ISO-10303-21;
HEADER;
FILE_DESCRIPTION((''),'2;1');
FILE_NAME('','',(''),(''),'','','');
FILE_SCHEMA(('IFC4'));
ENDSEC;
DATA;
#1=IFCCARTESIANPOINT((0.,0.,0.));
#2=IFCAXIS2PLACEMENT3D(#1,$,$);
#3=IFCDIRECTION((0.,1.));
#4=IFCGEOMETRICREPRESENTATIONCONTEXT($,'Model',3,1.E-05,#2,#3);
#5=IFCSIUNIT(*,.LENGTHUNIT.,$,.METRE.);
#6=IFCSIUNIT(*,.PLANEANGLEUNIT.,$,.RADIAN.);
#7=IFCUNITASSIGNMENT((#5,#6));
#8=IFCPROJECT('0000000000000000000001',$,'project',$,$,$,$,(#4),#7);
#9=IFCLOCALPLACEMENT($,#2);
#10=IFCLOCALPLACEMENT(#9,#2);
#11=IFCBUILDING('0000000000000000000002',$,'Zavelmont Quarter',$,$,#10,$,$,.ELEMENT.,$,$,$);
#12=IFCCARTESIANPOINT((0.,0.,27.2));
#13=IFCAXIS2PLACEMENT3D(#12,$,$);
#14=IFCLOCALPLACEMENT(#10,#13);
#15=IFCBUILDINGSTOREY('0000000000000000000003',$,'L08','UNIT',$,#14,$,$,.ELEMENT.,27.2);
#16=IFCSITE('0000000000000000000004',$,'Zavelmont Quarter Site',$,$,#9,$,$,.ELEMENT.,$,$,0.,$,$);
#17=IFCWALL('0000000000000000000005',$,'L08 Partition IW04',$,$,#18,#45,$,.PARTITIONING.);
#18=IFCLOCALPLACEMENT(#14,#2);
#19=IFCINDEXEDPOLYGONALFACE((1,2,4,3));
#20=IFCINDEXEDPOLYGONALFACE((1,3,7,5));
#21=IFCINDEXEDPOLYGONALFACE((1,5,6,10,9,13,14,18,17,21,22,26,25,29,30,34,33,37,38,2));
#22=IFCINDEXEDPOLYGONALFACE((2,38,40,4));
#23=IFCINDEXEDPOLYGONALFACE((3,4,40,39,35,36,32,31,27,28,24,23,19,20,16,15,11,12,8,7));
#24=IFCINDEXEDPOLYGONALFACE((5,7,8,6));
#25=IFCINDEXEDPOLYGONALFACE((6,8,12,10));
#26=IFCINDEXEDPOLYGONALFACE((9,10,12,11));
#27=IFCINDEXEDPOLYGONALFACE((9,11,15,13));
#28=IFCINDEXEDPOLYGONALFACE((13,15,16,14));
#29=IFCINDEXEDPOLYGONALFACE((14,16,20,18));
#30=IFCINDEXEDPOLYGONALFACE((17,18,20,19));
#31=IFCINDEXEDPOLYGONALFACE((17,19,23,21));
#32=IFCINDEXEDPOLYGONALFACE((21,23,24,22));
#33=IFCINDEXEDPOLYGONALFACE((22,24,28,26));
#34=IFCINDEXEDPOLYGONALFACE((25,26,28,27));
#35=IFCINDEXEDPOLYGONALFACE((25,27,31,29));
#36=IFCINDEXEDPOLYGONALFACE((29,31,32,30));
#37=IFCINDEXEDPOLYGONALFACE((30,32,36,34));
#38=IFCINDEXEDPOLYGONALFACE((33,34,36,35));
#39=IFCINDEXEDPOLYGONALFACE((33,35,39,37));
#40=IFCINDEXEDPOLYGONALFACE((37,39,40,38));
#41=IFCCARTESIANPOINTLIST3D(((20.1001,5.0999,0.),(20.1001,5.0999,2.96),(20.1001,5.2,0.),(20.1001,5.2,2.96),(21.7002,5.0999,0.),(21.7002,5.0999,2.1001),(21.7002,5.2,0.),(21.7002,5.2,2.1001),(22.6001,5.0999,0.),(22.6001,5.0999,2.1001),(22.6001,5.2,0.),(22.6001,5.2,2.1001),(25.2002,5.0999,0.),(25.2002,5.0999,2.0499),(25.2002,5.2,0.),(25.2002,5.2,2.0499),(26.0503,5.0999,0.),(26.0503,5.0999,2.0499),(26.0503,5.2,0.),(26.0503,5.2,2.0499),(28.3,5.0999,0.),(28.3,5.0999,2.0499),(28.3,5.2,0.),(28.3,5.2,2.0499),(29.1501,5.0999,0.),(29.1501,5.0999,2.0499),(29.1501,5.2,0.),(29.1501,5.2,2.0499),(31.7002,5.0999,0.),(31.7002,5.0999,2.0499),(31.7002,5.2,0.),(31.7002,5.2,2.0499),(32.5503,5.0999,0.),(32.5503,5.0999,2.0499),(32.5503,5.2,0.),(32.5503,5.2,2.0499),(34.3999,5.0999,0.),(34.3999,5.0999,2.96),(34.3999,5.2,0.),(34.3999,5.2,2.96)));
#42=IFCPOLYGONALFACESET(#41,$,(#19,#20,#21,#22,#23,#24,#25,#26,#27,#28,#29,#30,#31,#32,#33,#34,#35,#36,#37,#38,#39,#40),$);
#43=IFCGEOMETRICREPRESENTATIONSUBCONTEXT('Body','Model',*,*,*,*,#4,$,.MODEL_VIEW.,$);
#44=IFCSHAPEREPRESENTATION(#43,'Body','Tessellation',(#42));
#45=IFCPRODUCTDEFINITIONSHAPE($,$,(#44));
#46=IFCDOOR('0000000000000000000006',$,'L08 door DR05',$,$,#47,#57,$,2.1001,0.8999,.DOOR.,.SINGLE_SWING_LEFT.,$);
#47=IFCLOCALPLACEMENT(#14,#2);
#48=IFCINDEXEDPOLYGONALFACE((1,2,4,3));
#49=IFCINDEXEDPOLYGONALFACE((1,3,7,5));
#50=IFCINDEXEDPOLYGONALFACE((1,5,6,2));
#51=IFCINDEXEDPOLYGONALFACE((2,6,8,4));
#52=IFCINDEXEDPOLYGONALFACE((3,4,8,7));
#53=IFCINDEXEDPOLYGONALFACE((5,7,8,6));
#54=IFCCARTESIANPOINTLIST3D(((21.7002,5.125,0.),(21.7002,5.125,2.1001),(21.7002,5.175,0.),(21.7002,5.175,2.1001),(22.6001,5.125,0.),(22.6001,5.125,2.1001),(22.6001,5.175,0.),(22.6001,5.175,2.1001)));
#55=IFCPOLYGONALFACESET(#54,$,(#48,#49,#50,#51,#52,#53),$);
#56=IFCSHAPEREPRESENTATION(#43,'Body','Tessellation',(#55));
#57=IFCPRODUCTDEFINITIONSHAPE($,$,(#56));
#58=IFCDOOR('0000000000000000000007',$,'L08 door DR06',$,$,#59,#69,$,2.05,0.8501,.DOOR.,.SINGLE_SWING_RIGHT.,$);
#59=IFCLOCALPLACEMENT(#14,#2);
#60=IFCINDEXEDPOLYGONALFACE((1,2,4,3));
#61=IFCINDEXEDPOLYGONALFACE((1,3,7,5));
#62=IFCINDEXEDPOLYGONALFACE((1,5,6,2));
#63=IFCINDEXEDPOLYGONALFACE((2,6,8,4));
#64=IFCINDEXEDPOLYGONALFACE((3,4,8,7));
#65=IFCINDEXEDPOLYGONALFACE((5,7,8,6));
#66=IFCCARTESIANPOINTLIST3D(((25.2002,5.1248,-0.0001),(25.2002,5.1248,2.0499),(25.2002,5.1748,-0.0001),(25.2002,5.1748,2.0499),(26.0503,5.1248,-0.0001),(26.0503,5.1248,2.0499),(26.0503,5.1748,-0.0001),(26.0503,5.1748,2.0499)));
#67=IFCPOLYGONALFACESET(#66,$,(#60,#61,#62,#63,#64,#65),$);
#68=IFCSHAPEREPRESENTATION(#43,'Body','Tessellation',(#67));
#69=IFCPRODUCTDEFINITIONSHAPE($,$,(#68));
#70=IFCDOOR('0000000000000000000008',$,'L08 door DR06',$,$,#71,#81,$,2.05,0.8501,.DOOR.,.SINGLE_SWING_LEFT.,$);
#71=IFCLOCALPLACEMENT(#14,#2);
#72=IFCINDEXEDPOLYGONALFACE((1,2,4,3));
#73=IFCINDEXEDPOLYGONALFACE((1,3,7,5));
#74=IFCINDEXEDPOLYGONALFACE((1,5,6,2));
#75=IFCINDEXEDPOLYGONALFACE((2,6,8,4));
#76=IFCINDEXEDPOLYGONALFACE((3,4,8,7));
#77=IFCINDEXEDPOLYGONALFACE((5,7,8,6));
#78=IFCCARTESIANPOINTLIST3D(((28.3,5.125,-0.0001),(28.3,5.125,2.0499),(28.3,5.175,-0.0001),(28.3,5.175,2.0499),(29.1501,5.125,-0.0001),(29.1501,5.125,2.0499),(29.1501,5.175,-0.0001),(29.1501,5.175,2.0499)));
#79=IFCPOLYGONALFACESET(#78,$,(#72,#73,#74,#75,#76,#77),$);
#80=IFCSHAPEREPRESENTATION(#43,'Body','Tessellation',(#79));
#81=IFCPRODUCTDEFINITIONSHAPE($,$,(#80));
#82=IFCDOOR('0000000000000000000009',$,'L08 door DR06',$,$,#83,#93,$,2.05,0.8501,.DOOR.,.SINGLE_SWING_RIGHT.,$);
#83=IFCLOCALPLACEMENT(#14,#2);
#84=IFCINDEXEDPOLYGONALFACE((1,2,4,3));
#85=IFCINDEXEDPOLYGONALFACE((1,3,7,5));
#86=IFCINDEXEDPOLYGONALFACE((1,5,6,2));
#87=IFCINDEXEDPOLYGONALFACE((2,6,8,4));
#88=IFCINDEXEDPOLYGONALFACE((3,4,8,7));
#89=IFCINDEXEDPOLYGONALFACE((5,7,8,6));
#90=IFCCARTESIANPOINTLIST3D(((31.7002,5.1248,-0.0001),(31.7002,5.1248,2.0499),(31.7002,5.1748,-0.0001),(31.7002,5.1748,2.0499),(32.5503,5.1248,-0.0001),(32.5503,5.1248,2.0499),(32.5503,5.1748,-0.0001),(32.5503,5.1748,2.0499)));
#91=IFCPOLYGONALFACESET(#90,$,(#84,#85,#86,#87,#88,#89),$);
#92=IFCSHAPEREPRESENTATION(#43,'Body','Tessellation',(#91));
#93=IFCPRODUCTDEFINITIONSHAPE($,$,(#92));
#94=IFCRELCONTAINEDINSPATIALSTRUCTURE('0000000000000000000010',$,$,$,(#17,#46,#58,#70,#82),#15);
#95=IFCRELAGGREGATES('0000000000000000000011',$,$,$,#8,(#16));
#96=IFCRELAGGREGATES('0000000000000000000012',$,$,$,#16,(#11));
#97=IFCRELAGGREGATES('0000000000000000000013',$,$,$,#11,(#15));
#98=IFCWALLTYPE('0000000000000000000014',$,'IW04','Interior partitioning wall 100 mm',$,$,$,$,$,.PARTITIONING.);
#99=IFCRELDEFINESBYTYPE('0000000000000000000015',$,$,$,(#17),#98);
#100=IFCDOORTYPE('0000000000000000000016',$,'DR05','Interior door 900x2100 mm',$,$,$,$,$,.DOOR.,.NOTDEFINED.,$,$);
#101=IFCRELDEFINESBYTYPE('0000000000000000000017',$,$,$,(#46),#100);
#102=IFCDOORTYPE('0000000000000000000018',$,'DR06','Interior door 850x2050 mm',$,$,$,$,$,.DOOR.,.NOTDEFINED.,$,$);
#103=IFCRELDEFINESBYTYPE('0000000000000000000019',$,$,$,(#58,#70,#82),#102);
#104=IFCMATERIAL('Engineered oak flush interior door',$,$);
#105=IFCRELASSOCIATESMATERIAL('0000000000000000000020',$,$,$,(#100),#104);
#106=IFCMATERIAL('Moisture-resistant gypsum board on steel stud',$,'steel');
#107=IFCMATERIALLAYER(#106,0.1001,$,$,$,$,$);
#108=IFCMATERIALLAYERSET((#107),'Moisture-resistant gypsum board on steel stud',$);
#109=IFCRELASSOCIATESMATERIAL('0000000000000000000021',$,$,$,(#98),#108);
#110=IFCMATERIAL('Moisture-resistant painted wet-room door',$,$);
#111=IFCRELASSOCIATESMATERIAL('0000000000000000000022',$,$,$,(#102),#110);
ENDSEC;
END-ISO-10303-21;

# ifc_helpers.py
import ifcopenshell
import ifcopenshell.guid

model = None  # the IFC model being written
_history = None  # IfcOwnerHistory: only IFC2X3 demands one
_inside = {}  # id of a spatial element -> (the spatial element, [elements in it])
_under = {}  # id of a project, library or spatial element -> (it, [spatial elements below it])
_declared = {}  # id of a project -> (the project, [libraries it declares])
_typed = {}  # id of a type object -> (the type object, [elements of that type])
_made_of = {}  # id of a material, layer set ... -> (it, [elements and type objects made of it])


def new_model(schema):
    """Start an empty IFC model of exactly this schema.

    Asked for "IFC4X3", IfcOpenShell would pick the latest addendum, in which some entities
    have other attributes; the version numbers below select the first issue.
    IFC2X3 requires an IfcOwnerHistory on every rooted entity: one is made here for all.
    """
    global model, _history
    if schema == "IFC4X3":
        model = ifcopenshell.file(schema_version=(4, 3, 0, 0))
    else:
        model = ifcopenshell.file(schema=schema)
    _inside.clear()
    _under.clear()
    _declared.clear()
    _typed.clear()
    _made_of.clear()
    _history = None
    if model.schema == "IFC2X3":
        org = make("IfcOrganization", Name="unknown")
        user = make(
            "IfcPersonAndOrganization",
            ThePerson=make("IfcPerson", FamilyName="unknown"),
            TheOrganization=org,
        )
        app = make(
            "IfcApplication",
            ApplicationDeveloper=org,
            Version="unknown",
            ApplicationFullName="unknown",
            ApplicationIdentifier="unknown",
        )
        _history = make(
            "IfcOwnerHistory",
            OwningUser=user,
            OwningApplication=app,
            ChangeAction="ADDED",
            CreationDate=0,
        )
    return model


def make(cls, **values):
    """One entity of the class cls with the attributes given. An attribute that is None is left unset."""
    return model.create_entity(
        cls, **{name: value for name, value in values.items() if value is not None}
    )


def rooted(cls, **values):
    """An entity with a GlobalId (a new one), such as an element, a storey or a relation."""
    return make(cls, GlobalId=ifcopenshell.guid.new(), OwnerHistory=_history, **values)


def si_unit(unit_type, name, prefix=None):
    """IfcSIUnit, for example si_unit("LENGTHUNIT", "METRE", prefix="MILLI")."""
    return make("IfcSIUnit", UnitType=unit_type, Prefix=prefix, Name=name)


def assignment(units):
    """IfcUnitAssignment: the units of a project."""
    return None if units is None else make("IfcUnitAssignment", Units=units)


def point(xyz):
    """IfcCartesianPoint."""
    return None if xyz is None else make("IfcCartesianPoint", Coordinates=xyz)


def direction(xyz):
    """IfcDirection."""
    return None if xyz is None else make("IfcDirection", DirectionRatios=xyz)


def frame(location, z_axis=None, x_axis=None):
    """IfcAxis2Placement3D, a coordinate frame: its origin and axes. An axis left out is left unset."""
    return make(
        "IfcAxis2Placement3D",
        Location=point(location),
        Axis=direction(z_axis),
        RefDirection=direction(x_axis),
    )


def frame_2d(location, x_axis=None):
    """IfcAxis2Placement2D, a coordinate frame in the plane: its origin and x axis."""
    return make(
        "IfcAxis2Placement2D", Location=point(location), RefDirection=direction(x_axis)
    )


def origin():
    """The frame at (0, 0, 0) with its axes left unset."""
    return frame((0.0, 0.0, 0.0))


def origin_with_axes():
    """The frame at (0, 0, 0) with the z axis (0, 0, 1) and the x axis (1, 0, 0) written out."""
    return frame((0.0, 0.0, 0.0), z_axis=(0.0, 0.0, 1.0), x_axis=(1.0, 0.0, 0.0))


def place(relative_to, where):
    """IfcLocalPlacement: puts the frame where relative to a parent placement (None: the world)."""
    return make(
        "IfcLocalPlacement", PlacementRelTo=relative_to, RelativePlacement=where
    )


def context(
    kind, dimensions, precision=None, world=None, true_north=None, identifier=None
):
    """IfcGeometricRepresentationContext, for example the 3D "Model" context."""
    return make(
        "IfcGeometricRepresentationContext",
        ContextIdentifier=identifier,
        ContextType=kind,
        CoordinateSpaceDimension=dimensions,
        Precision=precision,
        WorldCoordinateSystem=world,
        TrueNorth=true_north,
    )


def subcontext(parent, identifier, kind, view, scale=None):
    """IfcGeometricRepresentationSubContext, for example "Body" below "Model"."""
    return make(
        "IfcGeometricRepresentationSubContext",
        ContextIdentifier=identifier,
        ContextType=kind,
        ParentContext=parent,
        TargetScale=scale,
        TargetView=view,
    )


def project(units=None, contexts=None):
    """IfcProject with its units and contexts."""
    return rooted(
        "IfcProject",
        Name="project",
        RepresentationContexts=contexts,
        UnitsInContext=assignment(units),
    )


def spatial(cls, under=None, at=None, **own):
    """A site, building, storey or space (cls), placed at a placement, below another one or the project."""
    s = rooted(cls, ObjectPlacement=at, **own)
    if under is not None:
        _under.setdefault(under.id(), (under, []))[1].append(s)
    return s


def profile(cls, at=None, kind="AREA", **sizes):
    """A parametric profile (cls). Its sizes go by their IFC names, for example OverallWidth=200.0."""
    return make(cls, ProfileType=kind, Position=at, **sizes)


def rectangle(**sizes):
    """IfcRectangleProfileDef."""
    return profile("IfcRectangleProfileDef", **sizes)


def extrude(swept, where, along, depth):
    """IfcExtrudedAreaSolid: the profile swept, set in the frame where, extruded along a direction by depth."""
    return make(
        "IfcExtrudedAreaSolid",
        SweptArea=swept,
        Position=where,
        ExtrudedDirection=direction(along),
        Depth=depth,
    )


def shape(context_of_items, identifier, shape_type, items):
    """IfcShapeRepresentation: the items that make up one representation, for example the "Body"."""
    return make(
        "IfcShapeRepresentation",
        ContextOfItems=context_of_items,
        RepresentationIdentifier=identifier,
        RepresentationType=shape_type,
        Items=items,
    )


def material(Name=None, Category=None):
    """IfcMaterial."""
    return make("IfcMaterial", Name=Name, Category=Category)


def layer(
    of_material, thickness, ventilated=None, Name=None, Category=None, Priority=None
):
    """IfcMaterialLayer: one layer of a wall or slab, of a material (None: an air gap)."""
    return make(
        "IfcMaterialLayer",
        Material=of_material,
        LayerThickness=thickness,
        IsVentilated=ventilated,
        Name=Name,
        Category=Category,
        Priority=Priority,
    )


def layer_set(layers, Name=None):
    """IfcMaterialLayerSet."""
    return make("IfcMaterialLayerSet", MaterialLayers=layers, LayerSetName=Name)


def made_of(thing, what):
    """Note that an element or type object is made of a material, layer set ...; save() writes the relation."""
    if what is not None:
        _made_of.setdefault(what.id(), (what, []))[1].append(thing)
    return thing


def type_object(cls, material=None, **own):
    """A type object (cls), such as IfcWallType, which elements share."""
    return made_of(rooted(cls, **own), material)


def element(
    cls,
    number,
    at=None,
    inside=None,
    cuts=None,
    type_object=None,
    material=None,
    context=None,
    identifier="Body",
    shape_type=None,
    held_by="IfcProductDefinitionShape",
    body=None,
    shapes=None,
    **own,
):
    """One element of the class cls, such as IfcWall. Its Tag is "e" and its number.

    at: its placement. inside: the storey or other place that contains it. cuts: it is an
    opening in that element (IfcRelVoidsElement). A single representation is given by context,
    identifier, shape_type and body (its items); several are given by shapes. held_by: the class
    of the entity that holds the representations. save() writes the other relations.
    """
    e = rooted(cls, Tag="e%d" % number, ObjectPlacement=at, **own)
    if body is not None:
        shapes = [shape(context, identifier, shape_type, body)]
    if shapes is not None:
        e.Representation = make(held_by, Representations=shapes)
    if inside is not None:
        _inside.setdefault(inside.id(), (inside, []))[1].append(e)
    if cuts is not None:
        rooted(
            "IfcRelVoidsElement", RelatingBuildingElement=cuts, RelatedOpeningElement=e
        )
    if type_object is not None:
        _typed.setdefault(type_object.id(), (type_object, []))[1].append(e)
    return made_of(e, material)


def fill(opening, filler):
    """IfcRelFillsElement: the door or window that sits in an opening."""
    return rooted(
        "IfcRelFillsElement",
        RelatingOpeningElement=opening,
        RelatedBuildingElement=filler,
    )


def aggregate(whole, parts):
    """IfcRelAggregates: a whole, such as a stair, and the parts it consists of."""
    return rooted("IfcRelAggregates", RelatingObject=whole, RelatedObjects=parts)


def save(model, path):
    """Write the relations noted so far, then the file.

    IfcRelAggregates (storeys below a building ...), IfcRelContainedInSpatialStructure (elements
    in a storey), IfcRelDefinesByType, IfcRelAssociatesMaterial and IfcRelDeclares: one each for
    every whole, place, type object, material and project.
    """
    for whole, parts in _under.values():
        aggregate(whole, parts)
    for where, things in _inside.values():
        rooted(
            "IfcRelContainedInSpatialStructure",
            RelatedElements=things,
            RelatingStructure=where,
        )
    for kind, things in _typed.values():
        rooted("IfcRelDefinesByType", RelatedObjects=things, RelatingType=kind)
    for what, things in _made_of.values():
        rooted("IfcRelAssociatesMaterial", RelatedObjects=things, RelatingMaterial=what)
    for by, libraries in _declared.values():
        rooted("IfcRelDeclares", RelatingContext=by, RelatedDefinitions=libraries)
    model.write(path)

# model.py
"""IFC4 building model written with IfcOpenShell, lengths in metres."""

from ifc_helpers import new_model, si_unit, direction, frame, frame_2d, origin, origin_with_axes, place, context, subcontext, project, spatial, rectangle, extrude, material, layer, layer_set, type_object, element, fill, save


model = new_model("IFC4")

# Units and contexts
model_context = context("Model", 3, precision=1e-05, world=origin(), true_north=direction((0.0, 1.0)))
body_context = subcontext(model_context, "Body", "Model", "MODEL_VIEW")
ifc_project = project(units=[si_unit("LENGTHUNIT", "METRE"), si_unit("PLANEANGLEUNIT", "RADIAN")], contexts=[model_context])

# Site, building, storey
site_placement = place(None, origin())
site = spatial("IfcSite", under=ifc_project, at=site_placement, Name="Zavelmont Quarter Site", CompositionType="ELEMENT", RefElevation=0.0)
building_placement = place(site_placement, origin())
building = spatial("IfcBuilding", under=site, at=building_placement, Name="Zavelmont Quarter", CompositionType="ELEMENT")
storey_placement = place(building_placement, frame((0.0, 0.0, 27.2)))
storey = spatial("IfcBuildingStorey", under=building, at=storey_placement, Name="L08", Description="UNIT", CompositionType="ELEMENT", Elevation=27.2)

# Shared definitions
ifc_material_1 = material(Name="Engineered oak flush interior door")
door_type_1 = type_object("IfcDoorType", Name="DR05", Description="Interior door 900x2100 mm", OperationType="NOTDEFINED", PredefinedType="DOOR", material=ifc_material_1)

# Wall, openings, doors
ifc_material_2 = material(Name="Moisture-resistant gypsum board on steel stud", Category="steel")
ifc_layer_1 = layer(ifc_material_2, 0.1001)
ifc_layer_set_1 = layer_set([ifc_layer_1], Name="Moisture-resistant gypsum board on steel stud")
wall_type_1 = type_object("IfcWallType", Name="IW04", Description="Interior partitioning wall 100 mm", PredefinedType="PARTITIONING", material=ifc_layer_set_1)
wall_1_placement = place(storey_placement, frame((20.1001, 5.1499, 0.0), z_axis=(0.0, 0.0, 1.0), x_axis=(1.0, 0.0, 0.0)))
wall_1 = element("IfcWall", 1, at=wall_1_placement, inside=storey, type_object=wall_type_1, Name="L08 Partition IW04", PredefinedType="PARTITIONING", context=body_context, shape_type="SweptSolid", body=[
    extrude(rectangle(XDim=14.2998, YDim=0.1001, at=frame_2d((7.1499, 0.0))), origin(), (0.0, 0.0, 1.0), 2.96),
])
opening_1_placement = place(wall_1_placement, frame((1.6001, 0.0, 0.0)))
opening_1 = element("IfcOpeningElement", 2, at=opening_1_placement, cuts=wall_1, PredefinedType="OPENING", context=body_context, shape_type="SweptSolid", body=[
    extrude(rectangle(XDim=0.8999, YDim=2.1001, at=frame_2d((0.45, 1.05))), frame((0.0, 0.062, 0.0), z_axis=(0.0, -1.0, 0.0), x_axis=(1.0, 0.0, 0.0)), (0.0, 0.0, 1.0), 0.124),
])
opening_2_placement = place(wall_1_placement, frame((5.1001, 0.0, 0.0)))
opening_2 = element("IfcOpeningElement", 3, at=opening_2_placement, cuts=wall_1, PredefinedType="OPENING", context=body_context, shape_type="SweptSolid", body=[
    extrude(rectangle(XDim=0.8501, YDim=2.05, at=frame_2d((0.425, 1.0249))), frame((0.0, 0.062, 0.0), z_axis=(0.0, -1.0, 0.0), x_axis=(1.0, 0.0, 0.0)), (0.0, 0.0, 1.0), 0.124),
])
opening_3_placement = place(wall_1_placement, frame((8.2, 0.0, 0.0)))
opening_3 = element("IfcOpeningElement", 4, at=opening_3_placement, cuts=wall_1, PredefinedType="OPENING", context=body_context, shape_type="SweptSolid", body=[
    extrude(rectangle(XDim=0.8501, YDim=2.05, at=frame_2d((0.425, 1.0249))), frame((0.0, 0.062, 0.0), z_axis=(0.0, -1.0, 0.0), x_axis=(1.0, 0.0, 0.0)), (0.0, 0.0, 1.0), 0.124),
])
opening_4_placement = place(wall_1_placement, frame((11.6001, 0.0, 0.0)))
opening_4 = element("IfcOpeningElement", 5, at=opening_4_placement, cuts=wall_1, PredefinedType="OPENING", context=body_context, shape_type="SweptSolid", body=[
    extrude(rectangle(XDim=0.8501, YDim=2.05, at=frame_2d((0.425, 1.0249))), frame((0.0, 0.062, 0.0), z_axis=(0.0, -1.0, 0.0), x_axis=(1.0, 0.0, 0.0)), (0.0, 0.0, 1.0), 0.124),
])
door_1_placement = place(opening_1_placement, frame((0.8999, 0.0, 0.0), z_axis=(0.0, 0.0, 1.0), x_axis=(-1.0, 0.0, 0.0)))
door_1 = element("IfcDoor", 6, at=door_1_placement, inside=storey, type_object=door_type_1, Name="L08 door DR05", OperationType="SINGLE_SWING_LEFT", OverallHeight=2.1001, OverallWidth=0.8999, PredefinedType="DOOR", context=body_context, shape_type="SweptSolid", body=[
    extrude(rectangle(XDim=0.8999, YDim=2.1001, at=frame_2d((0.45, 1.05))), frame((0.0, 0.0249, 0.0), z_axis=(0.0, -1.0, 0.0), x_axis=(1.0, 0.0, 0.0)), (0.0, 0.0, 1.0), 0.05),
])
fill(opening_1, door_1)
ifc_material_3 = material(Name="Moisture-resistant painted wet-room door")
door_type_2 = type_object("IfcDoorType", Name="DR06", Description="Interior door 850x2050 mm", OperationType="NOTDEFINED", PredefinedType="DOOR", material=ifc_material_3)
door_2_placement = place(opening_2_placement, origin_with_axes())
door_2 = element("IfcDoor", 7, at=door_2_placement, inside=storey, type_object=door_type_2, Name="L08 door DR06", OperationType="SINGLE_SWING_RIGHT", OverallHeight=2.05, OverallWidth=0.8501, PredefinedType="DOOR", context=body_context, shape_type="SweptSolid", body=[
    extrude(rectangle(XDim=0.8501, YDim=2.05, at=frame_2d((0.425, 1.0249))), frame((0.0, 0.0249, 0.0), z_axis=(0.0, -1.0, 0.0), x_axis=(1.0, 0.0, 0.0)), (0.0, 0.0, 1.0), 0.05),
])
fill(opening_2, door_2)
door_3_placement = place(opening_3_placement, frame((0.8501, 0.0, 0.0), z_axis=(0.0, 0.0, 1.0), x_axis=(-1.0, 0.0, 0.0)))
door_3 = element("IfcDoor", 8, at=door_3_placement, inside=storey, type_object=door_type_2, Name="L08 door DR06", OperationType="SINGLE_SWING_LEFT", OverallHeight=2.05, OverallWidth=0.8501, PredefinedType="DOOR", context=body_context, shape_type="SweptSolid", body=[
    extrude(rectangle(XDim=0.8501, YDim=2.05, at=frame_2d((0.425, 1.0249))), frame((0.0, 0.0249, 0.0), z_axis=(0.0, -1.0, 0.0), x_axis=(1.0, 0.0, 0.0)), (0.0, 0.0, 1.0), 0.05),
])
fill(opening_3, door_3)
door_4_placement = place(opening_4_placement, origin_with_axes())
door_4 = element("IfcDoor", 9, at=door_4_placement, inside=storey, type_object=door_type_2, Name="L08 door DR06", OperationType="SINGLE_SWING_RIGHT", OverallHeight=2.05, OverallWidth=0.8501, PredefinedType="DOOR", context=body_context, shape_type="SweptSolid", body=[
    extrude(rectangle(XDim=0.8501, YDim=2.05, at=frame_2d((0.425, 1.0249))), frame((0.0, 0.0249, 0.0), z_axis=(0.0, -1.0, 0.0), x_axis=(1.0, 0.0, 0.0)), (0.0, 0.0, 1.0), 0.05),
])
fill(opening_4, door_4)

save(model, "model.ifc")
